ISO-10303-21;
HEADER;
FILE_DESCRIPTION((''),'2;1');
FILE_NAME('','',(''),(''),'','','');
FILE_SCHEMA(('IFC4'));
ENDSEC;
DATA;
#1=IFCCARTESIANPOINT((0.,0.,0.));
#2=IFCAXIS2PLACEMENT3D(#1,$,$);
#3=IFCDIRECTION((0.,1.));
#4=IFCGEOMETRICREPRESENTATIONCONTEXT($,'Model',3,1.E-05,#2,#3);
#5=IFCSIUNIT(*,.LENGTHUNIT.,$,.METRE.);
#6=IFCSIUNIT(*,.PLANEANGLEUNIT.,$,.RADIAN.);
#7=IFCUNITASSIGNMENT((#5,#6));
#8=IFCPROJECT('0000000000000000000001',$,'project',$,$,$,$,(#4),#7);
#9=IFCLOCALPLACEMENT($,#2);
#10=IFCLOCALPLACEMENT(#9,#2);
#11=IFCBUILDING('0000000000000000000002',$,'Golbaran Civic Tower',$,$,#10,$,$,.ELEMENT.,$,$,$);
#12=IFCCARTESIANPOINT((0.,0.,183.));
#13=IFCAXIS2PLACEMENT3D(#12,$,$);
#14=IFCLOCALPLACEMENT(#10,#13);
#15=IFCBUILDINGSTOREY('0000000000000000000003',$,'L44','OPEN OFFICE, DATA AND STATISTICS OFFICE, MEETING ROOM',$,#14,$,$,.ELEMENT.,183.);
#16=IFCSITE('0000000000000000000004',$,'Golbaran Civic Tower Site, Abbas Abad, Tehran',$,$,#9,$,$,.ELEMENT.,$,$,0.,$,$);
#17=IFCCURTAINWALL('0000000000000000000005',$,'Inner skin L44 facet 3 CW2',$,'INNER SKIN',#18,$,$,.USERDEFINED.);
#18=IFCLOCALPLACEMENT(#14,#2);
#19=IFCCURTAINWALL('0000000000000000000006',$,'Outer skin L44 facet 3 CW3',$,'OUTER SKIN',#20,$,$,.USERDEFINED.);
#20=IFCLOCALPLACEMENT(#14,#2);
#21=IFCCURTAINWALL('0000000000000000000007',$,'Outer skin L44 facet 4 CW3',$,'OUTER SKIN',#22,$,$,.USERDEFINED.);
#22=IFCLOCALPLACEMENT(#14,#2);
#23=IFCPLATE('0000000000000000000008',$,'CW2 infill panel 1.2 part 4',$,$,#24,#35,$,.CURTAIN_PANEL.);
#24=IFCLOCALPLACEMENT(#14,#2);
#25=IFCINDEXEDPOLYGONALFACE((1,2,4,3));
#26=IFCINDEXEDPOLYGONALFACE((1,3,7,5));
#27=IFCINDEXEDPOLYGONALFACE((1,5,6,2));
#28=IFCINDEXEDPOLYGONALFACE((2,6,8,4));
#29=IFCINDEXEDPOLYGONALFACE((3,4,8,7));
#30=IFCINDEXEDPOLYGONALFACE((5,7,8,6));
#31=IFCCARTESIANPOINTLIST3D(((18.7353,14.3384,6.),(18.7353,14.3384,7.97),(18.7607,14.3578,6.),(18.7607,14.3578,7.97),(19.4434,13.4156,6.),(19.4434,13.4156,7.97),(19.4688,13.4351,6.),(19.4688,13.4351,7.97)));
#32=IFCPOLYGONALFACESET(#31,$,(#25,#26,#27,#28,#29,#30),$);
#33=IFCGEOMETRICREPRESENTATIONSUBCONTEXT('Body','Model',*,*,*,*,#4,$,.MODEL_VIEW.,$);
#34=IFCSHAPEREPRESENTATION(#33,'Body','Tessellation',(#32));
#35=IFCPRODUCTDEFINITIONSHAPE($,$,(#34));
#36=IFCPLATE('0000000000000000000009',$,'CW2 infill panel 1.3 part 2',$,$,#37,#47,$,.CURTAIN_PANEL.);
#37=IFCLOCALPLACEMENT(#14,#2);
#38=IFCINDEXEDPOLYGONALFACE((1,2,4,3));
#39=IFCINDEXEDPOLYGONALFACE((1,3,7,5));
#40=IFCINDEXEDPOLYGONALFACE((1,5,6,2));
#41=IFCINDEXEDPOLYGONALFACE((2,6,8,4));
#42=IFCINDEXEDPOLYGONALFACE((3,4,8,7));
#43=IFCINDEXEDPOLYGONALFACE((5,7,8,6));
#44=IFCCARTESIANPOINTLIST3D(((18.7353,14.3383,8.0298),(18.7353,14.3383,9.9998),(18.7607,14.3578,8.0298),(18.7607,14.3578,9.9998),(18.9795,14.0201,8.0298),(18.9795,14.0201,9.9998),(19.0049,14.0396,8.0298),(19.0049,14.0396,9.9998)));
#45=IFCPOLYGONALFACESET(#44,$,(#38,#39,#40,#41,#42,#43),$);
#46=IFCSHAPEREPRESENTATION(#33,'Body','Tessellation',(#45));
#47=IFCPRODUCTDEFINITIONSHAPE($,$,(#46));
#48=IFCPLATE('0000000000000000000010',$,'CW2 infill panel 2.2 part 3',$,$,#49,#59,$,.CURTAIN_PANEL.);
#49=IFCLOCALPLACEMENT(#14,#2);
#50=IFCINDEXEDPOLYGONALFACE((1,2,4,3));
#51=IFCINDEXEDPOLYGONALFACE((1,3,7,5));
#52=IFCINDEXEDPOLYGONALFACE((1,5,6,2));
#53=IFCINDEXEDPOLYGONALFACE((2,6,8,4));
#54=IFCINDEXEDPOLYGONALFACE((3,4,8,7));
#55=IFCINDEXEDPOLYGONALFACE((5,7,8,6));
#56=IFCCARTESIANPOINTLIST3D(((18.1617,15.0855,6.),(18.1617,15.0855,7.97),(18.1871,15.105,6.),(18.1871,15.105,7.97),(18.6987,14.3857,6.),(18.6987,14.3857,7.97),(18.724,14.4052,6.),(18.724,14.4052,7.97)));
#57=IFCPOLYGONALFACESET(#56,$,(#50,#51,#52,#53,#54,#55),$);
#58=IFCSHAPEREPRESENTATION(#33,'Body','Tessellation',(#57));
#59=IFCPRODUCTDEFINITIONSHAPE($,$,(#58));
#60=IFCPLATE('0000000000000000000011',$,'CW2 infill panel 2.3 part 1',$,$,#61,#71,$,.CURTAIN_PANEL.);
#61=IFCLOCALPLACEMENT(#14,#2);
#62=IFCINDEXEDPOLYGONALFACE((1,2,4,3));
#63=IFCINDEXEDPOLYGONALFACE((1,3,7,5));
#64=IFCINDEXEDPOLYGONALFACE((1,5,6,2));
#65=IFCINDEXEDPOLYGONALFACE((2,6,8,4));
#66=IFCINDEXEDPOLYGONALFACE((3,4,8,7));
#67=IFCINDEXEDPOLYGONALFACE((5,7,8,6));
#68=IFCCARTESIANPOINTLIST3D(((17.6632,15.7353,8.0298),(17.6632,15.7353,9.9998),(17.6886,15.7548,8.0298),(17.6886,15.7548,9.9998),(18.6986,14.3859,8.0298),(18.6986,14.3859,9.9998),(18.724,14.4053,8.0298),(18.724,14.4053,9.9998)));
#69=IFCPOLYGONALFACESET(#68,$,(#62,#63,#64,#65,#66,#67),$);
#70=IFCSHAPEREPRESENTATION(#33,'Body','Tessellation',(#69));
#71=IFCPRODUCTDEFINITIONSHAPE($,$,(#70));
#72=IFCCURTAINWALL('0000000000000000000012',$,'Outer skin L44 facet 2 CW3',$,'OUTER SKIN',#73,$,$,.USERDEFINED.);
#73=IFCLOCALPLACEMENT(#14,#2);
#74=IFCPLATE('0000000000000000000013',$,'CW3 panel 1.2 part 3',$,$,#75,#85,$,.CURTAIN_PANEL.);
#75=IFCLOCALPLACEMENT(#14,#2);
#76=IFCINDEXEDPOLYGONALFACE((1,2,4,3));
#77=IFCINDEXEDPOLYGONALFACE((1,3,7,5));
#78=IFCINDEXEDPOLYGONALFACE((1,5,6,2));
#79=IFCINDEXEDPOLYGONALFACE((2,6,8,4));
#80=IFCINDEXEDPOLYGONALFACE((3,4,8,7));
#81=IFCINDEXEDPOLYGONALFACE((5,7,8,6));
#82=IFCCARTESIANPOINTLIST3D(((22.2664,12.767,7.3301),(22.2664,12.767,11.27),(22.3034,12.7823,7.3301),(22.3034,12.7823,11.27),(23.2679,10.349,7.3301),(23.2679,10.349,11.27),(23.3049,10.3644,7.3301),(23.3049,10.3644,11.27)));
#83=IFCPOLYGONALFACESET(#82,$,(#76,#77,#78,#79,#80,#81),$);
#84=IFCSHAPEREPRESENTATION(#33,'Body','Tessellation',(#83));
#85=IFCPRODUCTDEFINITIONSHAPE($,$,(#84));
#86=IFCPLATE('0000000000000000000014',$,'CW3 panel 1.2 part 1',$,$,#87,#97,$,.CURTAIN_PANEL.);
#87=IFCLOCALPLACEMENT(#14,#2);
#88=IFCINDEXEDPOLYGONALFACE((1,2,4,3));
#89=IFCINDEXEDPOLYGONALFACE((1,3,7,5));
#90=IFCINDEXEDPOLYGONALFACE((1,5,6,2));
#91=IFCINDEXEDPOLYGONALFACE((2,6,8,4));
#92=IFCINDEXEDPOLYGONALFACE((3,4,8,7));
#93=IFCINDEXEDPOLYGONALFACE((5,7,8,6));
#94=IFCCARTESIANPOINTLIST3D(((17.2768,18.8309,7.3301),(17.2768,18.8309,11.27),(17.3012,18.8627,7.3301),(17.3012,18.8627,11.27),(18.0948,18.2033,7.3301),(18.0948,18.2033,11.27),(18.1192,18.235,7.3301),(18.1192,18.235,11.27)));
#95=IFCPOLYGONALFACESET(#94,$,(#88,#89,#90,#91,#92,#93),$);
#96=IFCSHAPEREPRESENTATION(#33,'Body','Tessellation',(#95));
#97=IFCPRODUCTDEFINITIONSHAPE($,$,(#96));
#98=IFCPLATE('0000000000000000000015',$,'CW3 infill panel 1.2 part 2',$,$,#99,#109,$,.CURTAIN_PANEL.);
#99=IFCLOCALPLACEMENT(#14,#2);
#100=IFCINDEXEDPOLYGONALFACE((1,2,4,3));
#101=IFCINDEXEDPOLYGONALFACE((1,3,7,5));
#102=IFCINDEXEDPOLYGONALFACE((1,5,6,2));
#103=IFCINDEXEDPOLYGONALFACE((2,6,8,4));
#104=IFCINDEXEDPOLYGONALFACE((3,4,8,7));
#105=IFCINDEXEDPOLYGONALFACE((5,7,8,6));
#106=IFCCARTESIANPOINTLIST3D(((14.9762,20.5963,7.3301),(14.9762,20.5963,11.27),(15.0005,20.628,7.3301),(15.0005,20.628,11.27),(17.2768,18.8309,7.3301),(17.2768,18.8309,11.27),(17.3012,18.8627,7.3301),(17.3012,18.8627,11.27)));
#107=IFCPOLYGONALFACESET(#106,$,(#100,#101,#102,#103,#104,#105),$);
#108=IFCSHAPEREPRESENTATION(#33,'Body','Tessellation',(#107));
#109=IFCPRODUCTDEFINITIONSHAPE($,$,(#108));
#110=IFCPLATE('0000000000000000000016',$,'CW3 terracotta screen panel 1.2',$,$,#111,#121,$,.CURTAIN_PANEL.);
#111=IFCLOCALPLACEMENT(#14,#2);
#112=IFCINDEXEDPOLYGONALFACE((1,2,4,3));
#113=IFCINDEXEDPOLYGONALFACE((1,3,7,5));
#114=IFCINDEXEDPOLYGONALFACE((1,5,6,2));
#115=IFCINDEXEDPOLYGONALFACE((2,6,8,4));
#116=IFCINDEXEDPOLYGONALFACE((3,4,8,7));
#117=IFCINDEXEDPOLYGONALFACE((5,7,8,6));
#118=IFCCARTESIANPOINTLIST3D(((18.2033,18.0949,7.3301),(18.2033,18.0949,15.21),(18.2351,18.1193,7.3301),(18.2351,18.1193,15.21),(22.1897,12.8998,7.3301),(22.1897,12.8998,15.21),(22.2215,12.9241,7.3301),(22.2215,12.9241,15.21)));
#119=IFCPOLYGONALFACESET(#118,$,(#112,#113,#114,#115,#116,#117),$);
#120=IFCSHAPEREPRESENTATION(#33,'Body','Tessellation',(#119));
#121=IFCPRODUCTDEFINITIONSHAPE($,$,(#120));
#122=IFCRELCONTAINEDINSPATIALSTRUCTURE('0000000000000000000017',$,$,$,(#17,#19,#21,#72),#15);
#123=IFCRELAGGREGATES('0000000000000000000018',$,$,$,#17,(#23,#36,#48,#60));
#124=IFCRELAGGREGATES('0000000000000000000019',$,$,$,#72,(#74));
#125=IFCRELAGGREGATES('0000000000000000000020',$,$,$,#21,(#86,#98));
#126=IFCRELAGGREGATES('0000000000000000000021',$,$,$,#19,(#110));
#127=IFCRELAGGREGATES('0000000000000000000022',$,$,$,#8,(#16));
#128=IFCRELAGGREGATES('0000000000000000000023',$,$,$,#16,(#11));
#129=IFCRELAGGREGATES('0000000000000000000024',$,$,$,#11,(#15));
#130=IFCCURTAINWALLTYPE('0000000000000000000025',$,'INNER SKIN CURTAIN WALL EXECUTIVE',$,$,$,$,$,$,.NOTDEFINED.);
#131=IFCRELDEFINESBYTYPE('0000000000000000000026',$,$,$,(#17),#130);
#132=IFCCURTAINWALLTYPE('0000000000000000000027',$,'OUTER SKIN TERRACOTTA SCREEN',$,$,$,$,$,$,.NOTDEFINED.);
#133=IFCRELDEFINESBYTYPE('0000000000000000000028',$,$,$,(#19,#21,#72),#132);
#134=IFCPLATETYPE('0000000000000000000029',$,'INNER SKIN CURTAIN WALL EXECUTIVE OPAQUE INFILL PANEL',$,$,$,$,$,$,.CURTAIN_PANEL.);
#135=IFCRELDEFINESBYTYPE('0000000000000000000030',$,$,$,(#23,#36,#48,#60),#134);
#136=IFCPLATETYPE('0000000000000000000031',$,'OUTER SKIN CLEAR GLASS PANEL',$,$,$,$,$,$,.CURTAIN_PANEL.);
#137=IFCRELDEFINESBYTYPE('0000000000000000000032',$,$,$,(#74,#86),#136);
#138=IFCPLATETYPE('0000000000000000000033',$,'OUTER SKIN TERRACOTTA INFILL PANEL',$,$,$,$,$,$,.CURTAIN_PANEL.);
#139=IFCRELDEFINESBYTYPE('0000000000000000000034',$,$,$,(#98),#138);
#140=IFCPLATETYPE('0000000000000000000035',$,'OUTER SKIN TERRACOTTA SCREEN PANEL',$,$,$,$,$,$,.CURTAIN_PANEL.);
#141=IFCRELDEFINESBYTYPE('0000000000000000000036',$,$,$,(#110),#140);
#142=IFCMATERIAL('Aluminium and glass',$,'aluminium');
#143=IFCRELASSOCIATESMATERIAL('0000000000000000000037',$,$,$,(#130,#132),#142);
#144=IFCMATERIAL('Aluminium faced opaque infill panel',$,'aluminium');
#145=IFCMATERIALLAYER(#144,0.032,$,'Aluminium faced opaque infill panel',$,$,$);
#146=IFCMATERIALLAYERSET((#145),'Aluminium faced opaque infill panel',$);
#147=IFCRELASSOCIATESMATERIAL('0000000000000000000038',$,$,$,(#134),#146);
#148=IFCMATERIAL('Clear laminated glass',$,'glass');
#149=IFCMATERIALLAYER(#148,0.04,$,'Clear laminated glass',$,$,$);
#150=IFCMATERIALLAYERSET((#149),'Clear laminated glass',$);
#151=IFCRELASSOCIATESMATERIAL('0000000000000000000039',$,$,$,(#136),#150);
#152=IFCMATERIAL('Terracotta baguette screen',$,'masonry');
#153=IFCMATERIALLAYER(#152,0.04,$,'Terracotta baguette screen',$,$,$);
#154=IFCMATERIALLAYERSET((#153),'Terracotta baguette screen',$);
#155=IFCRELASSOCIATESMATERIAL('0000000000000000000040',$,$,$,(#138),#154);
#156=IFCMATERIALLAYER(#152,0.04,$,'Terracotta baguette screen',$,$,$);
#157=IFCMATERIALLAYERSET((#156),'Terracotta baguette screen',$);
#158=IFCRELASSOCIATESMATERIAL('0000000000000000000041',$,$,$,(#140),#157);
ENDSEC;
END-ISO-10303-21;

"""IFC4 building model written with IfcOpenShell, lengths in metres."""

from ifc_helpers import new_model, si_unit, direction, frame, origin, origin_2d, place, context, subcontext, project, spatial, rectangle, extrude, material, layer, layer_set, type_object, element, aggregate, save


model = new_model("IFC4")

# Units and contexts
model_context = context("Model", 3, precision=1e-05, world=origin(), true_north=direction((0.0, 1.0)))
body_context = subcontext(model_context, "Body", "Model", "MODEL_VIEW")
ifc_project = project(units=[si_unit("LENGTHUNIT", "METRE"), si_unit("PLANEANGLEUNIT", "RADIAN")], contexts=[model_context])

# Site, building, storey
site_placement = place(None, origin())
site = spatial("IfcSite", under=ifc_project, at=site_placement, Name="Golbaran Civic Tower Site, Abbas Abad, Tehran", CompositionType="ELEMENT", RefElevation=0.0)
building_placement = place(site_placement, origin())
building = spatial("IfcBuilding", under=site, at=building_placement, Name="Golbaran Civic Tower", CompositionType="ELEMENT")
storey_placement = place(building_placement, frame((0.0, 0.0, 183.0)))
storey = spatial("IfcBuildingStorey", under=building, at=storey_placement, Name="L44", Description="OPEN OFFICE, DATA AND STATISTICS OFFICE, MEETING ROOM", CompositionType="ELEMENT", Elevation=183.0)

# Curtain wall
ifc_material_1 = material(Name="Aluminium and glass", Category="aluminium")
curtain_wall_type_1 = type_object("IfcCurtainWallType", Name="INNER SKIN CURTAIN WALL EXECUTIVE", PredefinedType="NOTDEFINED", material=ifc_material_1)
curtain_wall_1_placement = place(storey_placement, origin())
curtain_wall_1 = element("IfcCurtainWall", 1, at=curtain_wall_1_placement, inside=storey, type_object=curtain_wall_type_1, Name="Inner skin L44 facet 3 CW2", ObjectType="INNER SKIN", PredefinedType="USERDEFINED")

# Curtain walls
curtain_wall_type_2 = type_object("IfcCurtainWallType", Name="OUTER SKIN TERRACOTTA SCREEN", PredefinedType="NOTDEFINED", material=ifc_material_1)
curtain_wall_2_placement = place(storey_placement, origin())
curtain_wall_2 = element("IfcCurtainWall", 2, at=curtain_wall_2_placement, inside=storey, type_object=curtain_wall_type_2, Name="Outer skin L44 facet 3 CW3", ObjectType="OUTER SKIN", PredefinedType="USERDEFINED")
curtain_wall_3_placement = place(storey_placement, origin())
curtain_wall_3 = element("IfcCurtainWall", 3, at=curtain_wall_3_placement, inside=storey, type_object=curtain_wall_type_2, Name="Outer skin L44 facet 4 CW3", ObjectType="OUTER SKIN", PredefinedType="USERDEFINED")

# Plates
ifc_material_2 = material(Name="Aluminium faced opaque infill panel", Category="aluminium")
ifc_layer_1 = layer(ifc_material_2, 0.032, Name="Aluminium faced opaque infill panel")
ifc_layer_set_1 = layer_set([ifc_layer_1], Name="Aluminium faced opaque infill panel")
plate_type_1 = type_object("IfcPlateType", Name="INNER SKIN CURTAIN WALL EXECUTIVE OPAQUE INFILL PANEL", PredefinedType="CURTAIN_PANEL", material=ifc_layer_set_1)
plate_1_placement = place(storey_placement, frame((19.1021, 13.8867, 6.0), z_axis=(0.0, 0.0, 1.0), x_axis=(-0.608761, 0.793353, 0.0)))
plate_1 = element("IfcPlate", 4, at=plate_1_placement, type_object=plate_type_1, Name="CW2 infill panel 1.2 part 4", PredefinedType="CURTAIN_PANEL", context=body_context, shape_type="SweptSolid", body=[
    extrude(rectangle(XDim=1.1631, YDim=0.032, at=origin_2d()), origin(), (0.0, 0.0, 1.0), 1.97),
])
plate_2_placement = place(storey_placement, frame((18.8701, 14.189, 8.0298), z_axis=(0.0, 0.0, 1.0), x_axis=(-0.608761, 0.793353, 0.0)))
plate_2 = element("IfcPlate", 5, at=plate_2_placement, type_object=plate_type_1, Name="CW2 infill panel 1.3 part 2", PredefinedType="CURTAIN_PANEL", context=body_context, shape_type="SweptSolid", body=[
    extrude(rectangle(XDim=0.4011, YDim=0.032, at=origin_2d()), origin(), (0.0, 0.0, 1.0), 1.97),
])
plate_3_placement = place(storey_placement, frame((18.4429, 14.7454, 6.0), z_axis=(0.0, 0.0, 1.0), x_axis=(-0.608761, 0.793353, 0.0)))
plate_3 = element("IfcPlate", 6, at=plate_3_placement, type_object=plate_type_1, Name="CW2 infill panel 2.2 part 3", PredefinedType="CURTAIN_PANEL", context=body_context, shape_type="SweptSolid", body=[
    extrude(rectangle(XDim=0.8821, YDim=0.032, at=origin_2d()), origin(), (0.0, 0.0, 1.0), 1.97),
])
plate_4_placement = place(storey_placement, frame((18.1936, 15.0703, 8.0298), z_axis=(0.0, 0.0, 1.0), x_axis=(-0.608761, 0.793353, 0.0)))
plate_4 = element("IfcPlate", 7, at=plate_4_placement, type_object=plate_type_1, Name="CW2 infill panel 2.3 part 1", PredefinedType="CURTAIN_PANEL", context=body_context, shape_type="SweptSolid", body=[
    extrude(rectangle(XDim=1.7009, YDim=0.032, at=origin_2d()), origin(), (0.0, 0.0, 1.0), 1.97),
])
aggregate(curtain_wall_1, [plate_1, plate_2, plate_3, plate_4])

# Curtain wall, plate
curtain_wall_4_placement = place(storey_placement, origin())
curtain_wall_4 = element("IfcCurtainWall", 8, at=curtain_wall_4_placement, inside=storey, type_object=curtain_wall_type_2, Name="Outer skin L44 facet 2 CW3", ObjectType="OUTER SKIN", PredefinedType="USERDEFINED")
ifc_material_3 = material(Name="Clear laminated glass", Category="glass")
ifc_layer_2 = layer(ifc_material_3, 0.04, Name="Clear laminated glass")
ifc_layer_set_2 = layer_set([ifc_layer_2], Name="Clear laminated glass")
plate_type_2 = type_object("IfcPlateType", Name="OUTER SKIN CLEAR GLASS PANEL", PredefinedType="CURTAIN_PANEL", material=ifc_layer_set_2)
plate_5_placement = place(storey_placement, frame((22.7856, 11.5657, 7.3301), z_axis=(0.0, 0.0, 1.0), x_axis=(-0.382683, 0.92388, 0.0)))
plate_5 = element("IfcPlate", 9, at=plate_5_placement, type_object=plate_type_2, Name="CW3 panel 1.2 part 3", PredefinedType="CURTAIN_PANEL", context=body_context, shape_type="SweptSolid", body=[
    extrude(rectangle(XDim=2.6172, YDim=0.04, at=origin_2d()), origin(), (0.0, 0.0, 1.0), 3.9399),
])
aggregate(curtain_wall_4, [plate_5])

# Plates
plate_6_placement = place(storey_placement, frame((17.698, 18.533, 7.3301), z_axis=(0.0, 0.0, 1.0), x_axis=(-0.793353, 0.608761, 0.0)))
plate_6 = element("IfcPlate", 10, at=plate_6_placement, type_object=plate_type_2, Name="CW3 panel 1.2 part 1", PredefinedType="CURTAIN_PANEL", context=body_context, shape_type="SweptSolid", body=[
    extrude(rectangle(XDim=1.031, YDim=0.04, at=origin_2d()), origin(), (0.0, 0.0, 1.0), 3.9399),
])
ifc_material_4 = material(Name="Terracotta baguette screen", Category="masonry")
ifc_layer_3 = layer(ifc_material_4, 0.04, Name="Terracotta baguette screen")
ifc_layer_set_3 = layer_set([ifc_layer_3], Name="Terracotta baguette screen")
plate_type_3 = type_object("IfcPlateType", Name="OUTER SKIN TERRACOTTA INFILL PANEL", PredefinedType="CURTAIN_PANEL", material=ifc_layer_set_3)
plate_7_placement = place(storey_placement, frame((16.1387, 19.7295, 7.3301), z_axis=(0.0, 0.0, 1.0), x_axis=(-0.793353, 0.608761, 0.0)))
plate_7 = element("IfcPlate", 11, at=plate_7_placement, type_object=plate_type_3, Name="CW3 infill panel 1.2 part 2", PredefinedType="CURTAIN_PANEL", context=body_context, shape_type="SweptSolid", body=[
    extrude(rectangle(XDim=2.8999, YDim=0.04, at=origin_2d()), origin(), (0.0, 0.0, 1.0), 3.9399),
])
aggregate(curtain_wall_3, [plate_6, plate_7])
ifc_layer_4 = layer(ifc_material_4, 0.04, Name="Terracotta baguette screen")
ifc_layer_set_4 = layer_set([ifc_layer_4], Name="Terracotta baguette screen")
plate_type_4 = type_object("IfcPlateType", Name="OUTER SKIN TERRACOTTA SCREEN PANEL", PredefinedType="CURTAIN_PANEL", material=ifc_layer_set_4)
plate_8_placement = place(storey_placement, frame((20.2124, 15.5095, 7.3301), z_axis=(0.0, 0.0, 1.0), x_axis=(-0.608761, 0.793353, 0.0)))
plate_8 = element("IfcPlate", 12, at=plate_8_placement, type_object=plate_type_4, Name="CW3 terracotta screen panel 1.2", PredefinedType="CURTAIN_PANEL", context=body_context, shape_type="SweptSolid", body=[
    extrude(rectangle(XDim=6.5483, YDim=0.04, at=origin_2d()), origin(), (0.0, 0.0, 1.0), 7.8799),
])
aggregate(curtain_wall_2, [plate_8])

save(model, "model.ifc")
